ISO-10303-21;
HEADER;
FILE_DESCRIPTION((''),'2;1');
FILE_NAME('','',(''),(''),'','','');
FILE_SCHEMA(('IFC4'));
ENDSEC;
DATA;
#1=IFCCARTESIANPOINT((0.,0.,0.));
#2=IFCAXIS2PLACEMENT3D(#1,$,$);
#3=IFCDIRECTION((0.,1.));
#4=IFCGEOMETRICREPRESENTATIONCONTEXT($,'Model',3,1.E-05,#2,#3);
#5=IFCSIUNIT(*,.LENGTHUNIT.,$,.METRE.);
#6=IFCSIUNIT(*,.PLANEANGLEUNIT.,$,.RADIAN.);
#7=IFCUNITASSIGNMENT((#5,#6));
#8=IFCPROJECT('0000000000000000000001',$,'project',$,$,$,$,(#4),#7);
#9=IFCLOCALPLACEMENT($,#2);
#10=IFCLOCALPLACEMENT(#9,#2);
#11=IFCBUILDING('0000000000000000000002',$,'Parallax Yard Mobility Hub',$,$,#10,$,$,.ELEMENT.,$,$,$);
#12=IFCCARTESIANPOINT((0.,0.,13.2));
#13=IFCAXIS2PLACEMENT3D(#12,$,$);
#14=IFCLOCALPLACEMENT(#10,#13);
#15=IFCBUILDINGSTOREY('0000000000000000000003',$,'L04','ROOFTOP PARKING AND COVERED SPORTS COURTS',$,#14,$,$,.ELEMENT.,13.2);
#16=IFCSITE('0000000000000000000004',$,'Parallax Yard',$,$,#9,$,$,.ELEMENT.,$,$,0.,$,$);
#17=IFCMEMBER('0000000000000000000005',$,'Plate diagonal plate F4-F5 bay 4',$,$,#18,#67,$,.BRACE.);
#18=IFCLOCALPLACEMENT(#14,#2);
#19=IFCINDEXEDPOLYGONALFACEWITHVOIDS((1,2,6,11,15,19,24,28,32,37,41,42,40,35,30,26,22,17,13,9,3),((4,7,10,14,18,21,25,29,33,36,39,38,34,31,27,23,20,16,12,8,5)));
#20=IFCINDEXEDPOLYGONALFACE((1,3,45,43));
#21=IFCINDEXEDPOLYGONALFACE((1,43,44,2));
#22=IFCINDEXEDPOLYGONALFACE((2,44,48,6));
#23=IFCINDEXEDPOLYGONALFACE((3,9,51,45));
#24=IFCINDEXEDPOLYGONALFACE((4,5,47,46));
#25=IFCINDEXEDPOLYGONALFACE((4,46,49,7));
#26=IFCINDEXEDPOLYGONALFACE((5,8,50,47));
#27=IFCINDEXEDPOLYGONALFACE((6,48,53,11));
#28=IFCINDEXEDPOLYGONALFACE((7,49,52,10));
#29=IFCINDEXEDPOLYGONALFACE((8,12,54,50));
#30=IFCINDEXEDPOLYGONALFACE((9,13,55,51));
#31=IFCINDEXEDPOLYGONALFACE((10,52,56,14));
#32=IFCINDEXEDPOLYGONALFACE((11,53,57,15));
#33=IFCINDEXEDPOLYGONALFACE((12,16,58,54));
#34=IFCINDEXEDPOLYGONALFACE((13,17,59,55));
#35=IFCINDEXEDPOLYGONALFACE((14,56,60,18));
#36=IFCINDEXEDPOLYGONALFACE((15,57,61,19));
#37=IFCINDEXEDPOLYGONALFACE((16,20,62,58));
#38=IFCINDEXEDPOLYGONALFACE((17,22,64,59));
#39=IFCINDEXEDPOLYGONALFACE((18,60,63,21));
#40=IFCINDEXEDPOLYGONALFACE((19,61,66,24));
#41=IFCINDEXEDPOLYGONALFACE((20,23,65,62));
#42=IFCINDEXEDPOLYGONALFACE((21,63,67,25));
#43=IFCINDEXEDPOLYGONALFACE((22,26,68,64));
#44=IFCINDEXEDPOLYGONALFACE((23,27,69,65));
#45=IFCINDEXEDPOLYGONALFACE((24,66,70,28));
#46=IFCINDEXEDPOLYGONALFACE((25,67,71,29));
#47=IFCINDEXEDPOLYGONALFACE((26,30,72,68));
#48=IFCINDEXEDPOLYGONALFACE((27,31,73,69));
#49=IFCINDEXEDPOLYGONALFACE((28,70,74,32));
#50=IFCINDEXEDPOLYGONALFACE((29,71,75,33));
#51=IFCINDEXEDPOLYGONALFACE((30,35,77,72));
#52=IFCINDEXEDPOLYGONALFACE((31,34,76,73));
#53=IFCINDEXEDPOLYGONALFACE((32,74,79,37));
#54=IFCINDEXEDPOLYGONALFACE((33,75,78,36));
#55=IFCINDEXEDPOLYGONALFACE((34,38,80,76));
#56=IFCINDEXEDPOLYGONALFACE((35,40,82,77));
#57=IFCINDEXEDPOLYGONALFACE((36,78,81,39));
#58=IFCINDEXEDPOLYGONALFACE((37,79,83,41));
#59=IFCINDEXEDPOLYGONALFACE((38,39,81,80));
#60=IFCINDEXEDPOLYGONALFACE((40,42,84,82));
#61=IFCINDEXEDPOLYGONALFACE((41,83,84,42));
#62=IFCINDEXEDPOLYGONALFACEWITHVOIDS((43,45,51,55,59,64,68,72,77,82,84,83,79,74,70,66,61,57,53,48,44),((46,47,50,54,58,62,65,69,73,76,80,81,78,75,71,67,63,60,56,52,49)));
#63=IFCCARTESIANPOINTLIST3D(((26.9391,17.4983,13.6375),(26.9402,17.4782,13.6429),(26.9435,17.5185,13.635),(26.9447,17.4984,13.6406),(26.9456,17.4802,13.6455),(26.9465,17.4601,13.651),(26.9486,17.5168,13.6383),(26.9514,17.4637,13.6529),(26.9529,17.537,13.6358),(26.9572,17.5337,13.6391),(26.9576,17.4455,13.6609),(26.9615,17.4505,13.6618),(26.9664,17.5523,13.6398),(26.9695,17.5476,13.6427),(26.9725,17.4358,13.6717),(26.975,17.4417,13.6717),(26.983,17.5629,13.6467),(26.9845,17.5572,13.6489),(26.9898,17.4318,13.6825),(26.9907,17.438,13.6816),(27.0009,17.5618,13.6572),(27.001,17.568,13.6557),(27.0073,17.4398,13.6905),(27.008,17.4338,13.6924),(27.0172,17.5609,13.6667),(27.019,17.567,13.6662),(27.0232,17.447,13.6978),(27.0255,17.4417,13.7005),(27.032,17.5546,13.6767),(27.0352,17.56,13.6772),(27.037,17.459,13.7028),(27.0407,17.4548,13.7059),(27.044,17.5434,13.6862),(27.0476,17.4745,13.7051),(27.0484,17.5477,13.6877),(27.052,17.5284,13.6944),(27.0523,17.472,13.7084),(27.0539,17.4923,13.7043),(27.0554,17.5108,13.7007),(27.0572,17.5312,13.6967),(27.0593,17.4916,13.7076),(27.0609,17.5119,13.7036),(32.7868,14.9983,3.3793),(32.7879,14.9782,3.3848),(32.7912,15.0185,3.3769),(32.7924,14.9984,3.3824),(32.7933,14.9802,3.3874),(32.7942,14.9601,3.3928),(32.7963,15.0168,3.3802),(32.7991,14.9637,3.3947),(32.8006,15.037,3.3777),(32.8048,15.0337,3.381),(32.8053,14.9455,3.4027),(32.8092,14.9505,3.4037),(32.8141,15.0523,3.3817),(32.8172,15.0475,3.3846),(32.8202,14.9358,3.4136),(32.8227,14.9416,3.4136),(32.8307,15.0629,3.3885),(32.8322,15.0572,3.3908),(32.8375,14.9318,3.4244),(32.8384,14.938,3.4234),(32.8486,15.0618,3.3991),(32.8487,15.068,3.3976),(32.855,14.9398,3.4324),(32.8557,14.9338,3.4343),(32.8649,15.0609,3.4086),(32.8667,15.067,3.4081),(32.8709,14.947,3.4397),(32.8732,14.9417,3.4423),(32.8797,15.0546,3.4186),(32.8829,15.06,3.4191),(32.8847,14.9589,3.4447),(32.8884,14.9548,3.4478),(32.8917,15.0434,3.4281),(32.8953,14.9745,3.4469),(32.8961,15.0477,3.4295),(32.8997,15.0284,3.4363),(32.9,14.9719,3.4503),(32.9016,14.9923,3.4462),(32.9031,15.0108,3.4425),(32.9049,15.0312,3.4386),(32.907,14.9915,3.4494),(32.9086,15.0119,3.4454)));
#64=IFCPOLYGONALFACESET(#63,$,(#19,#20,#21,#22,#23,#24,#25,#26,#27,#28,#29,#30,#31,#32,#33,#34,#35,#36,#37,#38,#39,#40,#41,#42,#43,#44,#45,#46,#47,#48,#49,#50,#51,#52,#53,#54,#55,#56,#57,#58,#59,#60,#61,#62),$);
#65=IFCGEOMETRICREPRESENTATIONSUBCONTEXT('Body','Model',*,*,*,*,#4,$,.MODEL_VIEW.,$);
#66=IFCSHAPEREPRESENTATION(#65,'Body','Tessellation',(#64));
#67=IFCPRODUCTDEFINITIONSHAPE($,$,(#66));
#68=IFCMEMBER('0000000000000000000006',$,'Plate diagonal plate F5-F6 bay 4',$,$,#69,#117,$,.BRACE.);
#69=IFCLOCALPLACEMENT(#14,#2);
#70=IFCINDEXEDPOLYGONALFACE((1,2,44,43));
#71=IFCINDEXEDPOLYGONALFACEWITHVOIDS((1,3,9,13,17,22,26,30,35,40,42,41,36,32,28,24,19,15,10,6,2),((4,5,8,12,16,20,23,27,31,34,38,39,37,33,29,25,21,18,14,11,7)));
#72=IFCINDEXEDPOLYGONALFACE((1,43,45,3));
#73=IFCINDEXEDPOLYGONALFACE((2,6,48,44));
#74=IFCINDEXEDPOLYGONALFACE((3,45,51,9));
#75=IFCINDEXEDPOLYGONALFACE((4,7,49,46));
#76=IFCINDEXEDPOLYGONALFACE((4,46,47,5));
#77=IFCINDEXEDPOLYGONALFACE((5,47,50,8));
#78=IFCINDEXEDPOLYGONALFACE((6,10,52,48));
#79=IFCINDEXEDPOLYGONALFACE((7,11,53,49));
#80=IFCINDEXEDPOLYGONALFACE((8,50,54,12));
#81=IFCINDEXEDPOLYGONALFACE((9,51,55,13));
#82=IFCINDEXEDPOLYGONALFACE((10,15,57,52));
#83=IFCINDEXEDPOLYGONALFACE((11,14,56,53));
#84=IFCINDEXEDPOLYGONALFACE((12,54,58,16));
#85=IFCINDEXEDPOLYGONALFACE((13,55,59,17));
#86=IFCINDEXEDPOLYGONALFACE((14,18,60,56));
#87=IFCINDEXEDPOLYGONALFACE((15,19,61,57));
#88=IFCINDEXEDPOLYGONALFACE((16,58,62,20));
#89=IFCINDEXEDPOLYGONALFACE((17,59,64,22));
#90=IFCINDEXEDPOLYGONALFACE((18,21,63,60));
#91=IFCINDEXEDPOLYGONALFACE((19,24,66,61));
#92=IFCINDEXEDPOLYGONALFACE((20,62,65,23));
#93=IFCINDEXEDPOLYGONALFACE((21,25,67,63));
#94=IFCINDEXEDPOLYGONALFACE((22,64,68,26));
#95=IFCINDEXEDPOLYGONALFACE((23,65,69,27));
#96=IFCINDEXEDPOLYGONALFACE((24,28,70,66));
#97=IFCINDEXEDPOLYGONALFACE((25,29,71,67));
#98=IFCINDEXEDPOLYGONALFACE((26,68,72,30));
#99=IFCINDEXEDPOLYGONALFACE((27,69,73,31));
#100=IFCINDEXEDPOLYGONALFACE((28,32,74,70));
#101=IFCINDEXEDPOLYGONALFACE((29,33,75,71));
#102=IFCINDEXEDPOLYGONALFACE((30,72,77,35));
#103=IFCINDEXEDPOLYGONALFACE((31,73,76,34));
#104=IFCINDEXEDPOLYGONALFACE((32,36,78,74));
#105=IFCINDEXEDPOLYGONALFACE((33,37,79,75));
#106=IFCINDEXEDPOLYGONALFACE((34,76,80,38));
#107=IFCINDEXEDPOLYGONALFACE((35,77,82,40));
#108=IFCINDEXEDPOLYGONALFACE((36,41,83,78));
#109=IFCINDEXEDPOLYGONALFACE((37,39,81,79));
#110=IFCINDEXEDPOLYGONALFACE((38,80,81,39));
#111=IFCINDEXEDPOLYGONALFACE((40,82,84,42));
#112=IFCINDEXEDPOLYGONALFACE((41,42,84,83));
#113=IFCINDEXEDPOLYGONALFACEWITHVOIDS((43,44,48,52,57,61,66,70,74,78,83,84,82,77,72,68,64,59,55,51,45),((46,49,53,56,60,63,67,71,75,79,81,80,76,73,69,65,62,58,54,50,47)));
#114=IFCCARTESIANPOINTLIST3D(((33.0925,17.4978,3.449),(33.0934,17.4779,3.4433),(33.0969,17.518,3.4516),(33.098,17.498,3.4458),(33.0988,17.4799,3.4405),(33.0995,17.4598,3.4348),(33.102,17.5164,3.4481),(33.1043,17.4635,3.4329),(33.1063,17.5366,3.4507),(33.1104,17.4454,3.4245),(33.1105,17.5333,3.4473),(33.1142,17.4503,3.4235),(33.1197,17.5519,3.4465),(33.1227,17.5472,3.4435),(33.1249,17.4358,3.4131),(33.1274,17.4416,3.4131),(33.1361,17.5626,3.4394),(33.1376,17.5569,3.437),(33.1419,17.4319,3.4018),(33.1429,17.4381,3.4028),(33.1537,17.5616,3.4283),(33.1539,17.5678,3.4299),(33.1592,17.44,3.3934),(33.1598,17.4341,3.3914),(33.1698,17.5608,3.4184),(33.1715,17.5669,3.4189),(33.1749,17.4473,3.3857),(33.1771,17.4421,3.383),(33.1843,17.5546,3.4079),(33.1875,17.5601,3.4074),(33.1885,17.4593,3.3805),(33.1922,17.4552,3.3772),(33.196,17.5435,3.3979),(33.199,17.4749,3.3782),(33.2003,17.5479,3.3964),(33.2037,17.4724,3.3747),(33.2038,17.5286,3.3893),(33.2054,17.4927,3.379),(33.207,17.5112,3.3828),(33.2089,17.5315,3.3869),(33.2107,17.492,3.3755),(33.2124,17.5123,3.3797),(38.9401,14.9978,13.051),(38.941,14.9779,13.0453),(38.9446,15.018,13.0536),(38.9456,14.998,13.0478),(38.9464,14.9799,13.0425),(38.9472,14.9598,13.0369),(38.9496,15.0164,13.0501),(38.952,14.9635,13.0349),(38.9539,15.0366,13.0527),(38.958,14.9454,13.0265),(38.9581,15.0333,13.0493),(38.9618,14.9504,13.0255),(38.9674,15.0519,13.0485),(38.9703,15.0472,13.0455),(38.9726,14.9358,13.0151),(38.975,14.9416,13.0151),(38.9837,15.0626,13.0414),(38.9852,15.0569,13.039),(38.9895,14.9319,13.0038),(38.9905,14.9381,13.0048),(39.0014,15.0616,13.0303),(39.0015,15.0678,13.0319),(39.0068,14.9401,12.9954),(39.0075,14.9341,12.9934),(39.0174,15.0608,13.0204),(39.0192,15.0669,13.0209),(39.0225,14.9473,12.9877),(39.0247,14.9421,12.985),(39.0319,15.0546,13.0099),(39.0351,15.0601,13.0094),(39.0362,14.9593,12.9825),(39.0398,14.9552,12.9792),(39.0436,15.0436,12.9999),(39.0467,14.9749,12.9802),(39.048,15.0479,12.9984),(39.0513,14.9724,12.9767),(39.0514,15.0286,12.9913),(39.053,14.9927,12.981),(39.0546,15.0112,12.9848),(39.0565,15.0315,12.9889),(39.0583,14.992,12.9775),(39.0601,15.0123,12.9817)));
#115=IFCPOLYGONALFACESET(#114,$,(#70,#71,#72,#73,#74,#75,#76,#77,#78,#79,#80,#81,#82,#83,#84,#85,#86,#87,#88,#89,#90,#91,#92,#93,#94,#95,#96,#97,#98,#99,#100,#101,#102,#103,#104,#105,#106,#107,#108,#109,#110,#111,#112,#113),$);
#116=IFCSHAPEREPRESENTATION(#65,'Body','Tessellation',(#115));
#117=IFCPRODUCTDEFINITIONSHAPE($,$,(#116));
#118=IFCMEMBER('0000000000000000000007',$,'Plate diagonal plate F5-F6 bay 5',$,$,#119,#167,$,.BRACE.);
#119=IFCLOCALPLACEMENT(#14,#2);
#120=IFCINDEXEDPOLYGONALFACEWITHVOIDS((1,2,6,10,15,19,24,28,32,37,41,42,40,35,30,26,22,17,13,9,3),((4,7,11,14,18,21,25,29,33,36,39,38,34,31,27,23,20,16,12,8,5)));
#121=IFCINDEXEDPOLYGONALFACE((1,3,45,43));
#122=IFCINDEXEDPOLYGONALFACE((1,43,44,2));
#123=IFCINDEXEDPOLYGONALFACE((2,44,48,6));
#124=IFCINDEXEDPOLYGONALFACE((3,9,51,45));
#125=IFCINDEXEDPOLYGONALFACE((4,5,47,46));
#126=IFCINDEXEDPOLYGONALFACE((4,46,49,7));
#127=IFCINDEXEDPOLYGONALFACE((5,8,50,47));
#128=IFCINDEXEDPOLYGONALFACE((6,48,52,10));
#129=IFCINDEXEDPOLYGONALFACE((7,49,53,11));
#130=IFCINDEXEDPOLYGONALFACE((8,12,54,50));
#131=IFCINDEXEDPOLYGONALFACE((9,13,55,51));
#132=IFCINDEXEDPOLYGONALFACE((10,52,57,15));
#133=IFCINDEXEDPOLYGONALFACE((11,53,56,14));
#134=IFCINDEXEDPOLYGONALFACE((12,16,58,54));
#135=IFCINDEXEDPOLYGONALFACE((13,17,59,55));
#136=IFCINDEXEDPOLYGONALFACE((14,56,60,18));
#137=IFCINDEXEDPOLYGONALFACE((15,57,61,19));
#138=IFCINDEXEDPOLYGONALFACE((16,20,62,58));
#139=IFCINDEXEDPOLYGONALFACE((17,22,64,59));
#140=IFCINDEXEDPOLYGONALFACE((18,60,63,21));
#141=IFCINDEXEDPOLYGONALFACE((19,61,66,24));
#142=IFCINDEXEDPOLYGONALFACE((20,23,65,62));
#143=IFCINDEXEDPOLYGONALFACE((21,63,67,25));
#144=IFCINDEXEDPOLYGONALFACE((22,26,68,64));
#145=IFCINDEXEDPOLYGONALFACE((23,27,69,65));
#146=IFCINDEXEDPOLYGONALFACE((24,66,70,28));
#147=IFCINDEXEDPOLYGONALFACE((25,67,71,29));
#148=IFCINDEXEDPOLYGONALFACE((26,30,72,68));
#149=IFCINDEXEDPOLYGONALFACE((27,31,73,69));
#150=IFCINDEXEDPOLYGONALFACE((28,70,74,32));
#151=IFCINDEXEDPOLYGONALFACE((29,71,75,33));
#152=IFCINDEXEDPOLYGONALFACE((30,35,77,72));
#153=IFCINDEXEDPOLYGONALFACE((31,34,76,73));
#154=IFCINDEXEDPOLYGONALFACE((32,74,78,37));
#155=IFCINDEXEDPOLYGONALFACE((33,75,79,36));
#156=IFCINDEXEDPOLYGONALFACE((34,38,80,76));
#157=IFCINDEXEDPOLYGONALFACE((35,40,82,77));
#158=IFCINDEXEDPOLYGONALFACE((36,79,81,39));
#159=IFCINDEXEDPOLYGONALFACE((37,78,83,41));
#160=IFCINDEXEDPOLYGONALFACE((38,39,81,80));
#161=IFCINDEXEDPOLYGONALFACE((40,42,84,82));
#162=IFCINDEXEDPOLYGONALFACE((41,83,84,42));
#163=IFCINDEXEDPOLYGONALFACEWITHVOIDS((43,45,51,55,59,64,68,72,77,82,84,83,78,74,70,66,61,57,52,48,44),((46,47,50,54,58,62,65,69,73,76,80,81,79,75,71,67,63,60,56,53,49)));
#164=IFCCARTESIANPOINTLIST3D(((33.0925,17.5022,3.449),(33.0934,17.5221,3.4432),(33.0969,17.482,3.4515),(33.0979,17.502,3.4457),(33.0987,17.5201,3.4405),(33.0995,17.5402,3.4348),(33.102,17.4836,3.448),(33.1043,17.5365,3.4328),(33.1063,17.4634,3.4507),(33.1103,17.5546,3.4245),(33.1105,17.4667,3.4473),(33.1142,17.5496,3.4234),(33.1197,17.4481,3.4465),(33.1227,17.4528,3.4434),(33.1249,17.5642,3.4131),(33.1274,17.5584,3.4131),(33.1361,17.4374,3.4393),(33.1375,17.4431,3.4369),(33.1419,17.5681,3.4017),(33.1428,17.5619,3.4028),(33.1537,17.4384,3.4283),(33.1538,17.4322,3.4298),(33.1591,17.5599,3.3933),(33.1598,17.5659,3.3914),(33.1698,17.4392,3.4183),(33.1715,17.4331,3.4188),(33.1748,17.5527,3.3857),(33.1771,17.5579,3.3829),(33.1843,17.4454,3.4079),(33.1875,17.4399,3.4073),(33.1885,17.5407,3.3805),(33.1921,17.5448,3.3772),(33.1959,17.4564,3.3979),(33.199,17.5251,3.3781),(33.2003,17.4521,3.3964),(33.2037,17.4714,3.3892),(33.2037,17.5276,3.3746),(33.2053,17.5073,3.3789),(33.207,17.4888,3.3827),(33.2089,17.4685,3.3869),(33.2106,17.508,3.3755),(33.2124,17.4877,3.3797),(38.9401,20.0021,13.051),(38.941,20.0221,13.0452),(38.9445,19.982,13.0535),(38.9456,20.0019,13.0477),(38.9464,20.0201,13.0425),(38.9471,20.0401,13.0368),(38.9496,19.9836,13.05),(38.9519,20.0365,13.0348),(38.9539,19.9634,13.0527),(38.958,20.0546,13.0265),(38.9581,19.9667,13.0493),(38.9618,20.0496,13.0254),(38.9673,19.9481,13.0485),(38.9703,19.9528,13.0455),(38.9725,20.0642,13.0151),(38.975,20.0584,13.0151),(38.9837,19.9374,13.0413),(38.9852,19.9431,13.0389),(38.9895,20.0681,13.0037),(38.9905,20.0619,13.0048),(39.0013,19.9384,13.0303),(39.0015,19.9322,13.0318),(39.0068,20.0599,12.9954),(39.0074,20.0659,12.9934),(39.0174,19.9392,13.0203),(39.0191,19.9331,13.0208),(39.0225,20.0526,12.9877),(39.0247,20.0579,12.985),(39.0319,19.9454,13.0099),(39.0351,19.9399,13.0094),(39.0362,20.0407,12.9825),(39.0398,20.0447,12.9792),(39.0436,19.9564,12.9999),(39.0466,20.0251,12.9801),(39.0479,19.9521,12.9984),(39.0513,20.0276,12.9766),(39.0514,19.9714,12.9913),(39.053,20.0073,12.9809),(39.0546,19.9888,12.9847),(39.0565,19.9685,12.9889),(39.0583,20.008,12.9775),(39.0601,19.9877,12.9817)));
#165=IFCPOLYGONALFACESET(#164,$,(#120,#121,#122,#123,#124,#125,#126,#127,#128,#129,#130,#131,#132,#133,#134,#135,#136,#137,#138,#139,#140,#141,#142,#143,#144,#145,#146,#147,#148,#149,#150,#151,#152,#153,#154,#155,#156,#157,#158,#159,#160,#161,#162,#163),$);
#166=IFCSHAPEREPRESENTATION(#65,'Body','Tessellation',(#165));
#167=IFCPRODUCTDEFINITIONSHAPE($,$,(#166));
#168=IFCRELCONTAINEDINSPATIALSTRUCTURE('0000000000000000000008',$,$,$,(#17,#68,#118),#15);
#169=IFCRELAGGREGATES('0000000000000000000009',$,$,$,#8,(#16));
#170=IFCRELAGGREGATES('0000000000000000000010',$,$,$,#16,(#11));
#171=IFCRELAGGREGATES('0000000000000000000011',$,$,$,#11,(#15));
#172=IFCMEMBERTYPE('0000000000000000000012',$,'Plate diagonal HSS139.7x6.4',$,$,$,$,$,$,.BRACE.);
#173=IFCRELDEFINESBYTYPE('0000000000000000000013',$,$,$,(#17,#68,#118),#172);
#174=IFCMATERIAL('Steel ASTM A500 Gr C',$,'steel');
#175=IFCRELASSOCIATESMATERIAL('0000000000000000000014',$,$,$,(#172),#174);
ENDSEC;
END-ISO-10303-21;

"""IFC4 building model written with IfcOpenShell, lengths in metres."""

from ifc_helpers import new_model, si_unit, direction, frame, origin, origin_2d, place, context, subcontext, project, spatial, hollow_circle, extrude, material, material_profile, profile_set, type_object, element, save


model = new_model("IFC4")

# Units and contexts
model_context = context("Model", 3, precision=1e-05, world=origin(), true_north=direction((0.0, 1.0)))
body_context = subcontext(model_context, "Body", "Model", "MODEL_VIEW")
ifc_project = project(units=[si_unit("LENGTHUNIT", "METRE"), si_unit("PLANEANGLEUNIT", "RADIAN")], contexts=[model_context])

# Site, building, storey
site_placement = place(None, origin())
site = spatial("IfcSite", under=ifc_project, at=site_placement, Name="Parallax Yard", CompositionType="ELEMENT", RefElevation=0.0)
building_placement = place(site_placement, origin())
building = spatial("IfcBuilding", under=site, at=building_placement, Name="Parallax Yard Mobility Hub", CompositionType="ELEMENT")
storey_placement = place(building_placement, frame((0.0, 0.0, 13.2)))
storey = spatial("IfcBuildingStorey", under=building, at=storey_placement, Name="L04", Description="ROOFTOP PARKING AND COVERED SPORTS COURTS", CompositionType="ELEMENT", Elevation=13.2)

# Members
ifc_material_1 = material(Name="Steel ASTM A500 Gr C", Category="steel")
ifc_material_profile_1 = material_profile(ifc_material_1, hollow_circle(Radius=0.0698, WallThickness=0.0063, at=origin_2d()), Name="HSS139.7x6.4")
ifc_profile_set_1 = profile_set([ifc_material_profile_1], Name="Steel ASTM A500 Gr C")
member_type_1 = type_object("IfcMemberType", Name="Plate diagonal HSS139.7x6.4", PredefinedType="BRACE", material=ifc_profile_set_1)
member_1_placement = place(storey_placement, frame((32.8477, 15.0, 3.4136), z_axis=(-0.484499, 0.207134, 0.849916), x_axis=(-0.393104, -0.919494, 0.0)))
element("IfcMember", 1, at=member_1_placement, inside=storey, type_object=member_type_1, Name="Plate diagonal plate F4-F5 bay 4", PredefinedType="BRACE", context=body_context, shape_type="SweptSolid", body=[
    extrude(hollow_circle(Radius=0.0698, WallThickness=0.0063, at=origin_2d()), origin(), (0.0, 0.0, 1.0), 12.0696),
])
for number, where, z_axis, x_axis, name in (
    (2, (39.0, 15.0, 13.0151), (-0.507735, 0.217068, -0.833718), (-0.393104, -0.919494, 0.0), "Plate diagonal plate F5-F6 bay 4"),
    (3, (33.1523, 17.5, 3.4131), (0.507735, 0.217068, 0.833718), (-0.393104, 0.919494, 0.0), "Plate diagonal plate F5-F6 bay 5"),
):
    element("IfcMember", number, at=place(storey_placement, frame(where, z_axis=z_axis, x_axis=x_axis)), inside=storey, type_object=member_type_1, Name=name, PredefinedType="BRACE", context=body_context, shape_type="SweptSolid", body=[
        extrude(hollow_circle(Radius=0.0698, WallThickness=0.0063, at=origin_2d()), origin(), (0.0, 0.0, 1.0), 11.5171),
    ])

save(model, "model.ifc")
